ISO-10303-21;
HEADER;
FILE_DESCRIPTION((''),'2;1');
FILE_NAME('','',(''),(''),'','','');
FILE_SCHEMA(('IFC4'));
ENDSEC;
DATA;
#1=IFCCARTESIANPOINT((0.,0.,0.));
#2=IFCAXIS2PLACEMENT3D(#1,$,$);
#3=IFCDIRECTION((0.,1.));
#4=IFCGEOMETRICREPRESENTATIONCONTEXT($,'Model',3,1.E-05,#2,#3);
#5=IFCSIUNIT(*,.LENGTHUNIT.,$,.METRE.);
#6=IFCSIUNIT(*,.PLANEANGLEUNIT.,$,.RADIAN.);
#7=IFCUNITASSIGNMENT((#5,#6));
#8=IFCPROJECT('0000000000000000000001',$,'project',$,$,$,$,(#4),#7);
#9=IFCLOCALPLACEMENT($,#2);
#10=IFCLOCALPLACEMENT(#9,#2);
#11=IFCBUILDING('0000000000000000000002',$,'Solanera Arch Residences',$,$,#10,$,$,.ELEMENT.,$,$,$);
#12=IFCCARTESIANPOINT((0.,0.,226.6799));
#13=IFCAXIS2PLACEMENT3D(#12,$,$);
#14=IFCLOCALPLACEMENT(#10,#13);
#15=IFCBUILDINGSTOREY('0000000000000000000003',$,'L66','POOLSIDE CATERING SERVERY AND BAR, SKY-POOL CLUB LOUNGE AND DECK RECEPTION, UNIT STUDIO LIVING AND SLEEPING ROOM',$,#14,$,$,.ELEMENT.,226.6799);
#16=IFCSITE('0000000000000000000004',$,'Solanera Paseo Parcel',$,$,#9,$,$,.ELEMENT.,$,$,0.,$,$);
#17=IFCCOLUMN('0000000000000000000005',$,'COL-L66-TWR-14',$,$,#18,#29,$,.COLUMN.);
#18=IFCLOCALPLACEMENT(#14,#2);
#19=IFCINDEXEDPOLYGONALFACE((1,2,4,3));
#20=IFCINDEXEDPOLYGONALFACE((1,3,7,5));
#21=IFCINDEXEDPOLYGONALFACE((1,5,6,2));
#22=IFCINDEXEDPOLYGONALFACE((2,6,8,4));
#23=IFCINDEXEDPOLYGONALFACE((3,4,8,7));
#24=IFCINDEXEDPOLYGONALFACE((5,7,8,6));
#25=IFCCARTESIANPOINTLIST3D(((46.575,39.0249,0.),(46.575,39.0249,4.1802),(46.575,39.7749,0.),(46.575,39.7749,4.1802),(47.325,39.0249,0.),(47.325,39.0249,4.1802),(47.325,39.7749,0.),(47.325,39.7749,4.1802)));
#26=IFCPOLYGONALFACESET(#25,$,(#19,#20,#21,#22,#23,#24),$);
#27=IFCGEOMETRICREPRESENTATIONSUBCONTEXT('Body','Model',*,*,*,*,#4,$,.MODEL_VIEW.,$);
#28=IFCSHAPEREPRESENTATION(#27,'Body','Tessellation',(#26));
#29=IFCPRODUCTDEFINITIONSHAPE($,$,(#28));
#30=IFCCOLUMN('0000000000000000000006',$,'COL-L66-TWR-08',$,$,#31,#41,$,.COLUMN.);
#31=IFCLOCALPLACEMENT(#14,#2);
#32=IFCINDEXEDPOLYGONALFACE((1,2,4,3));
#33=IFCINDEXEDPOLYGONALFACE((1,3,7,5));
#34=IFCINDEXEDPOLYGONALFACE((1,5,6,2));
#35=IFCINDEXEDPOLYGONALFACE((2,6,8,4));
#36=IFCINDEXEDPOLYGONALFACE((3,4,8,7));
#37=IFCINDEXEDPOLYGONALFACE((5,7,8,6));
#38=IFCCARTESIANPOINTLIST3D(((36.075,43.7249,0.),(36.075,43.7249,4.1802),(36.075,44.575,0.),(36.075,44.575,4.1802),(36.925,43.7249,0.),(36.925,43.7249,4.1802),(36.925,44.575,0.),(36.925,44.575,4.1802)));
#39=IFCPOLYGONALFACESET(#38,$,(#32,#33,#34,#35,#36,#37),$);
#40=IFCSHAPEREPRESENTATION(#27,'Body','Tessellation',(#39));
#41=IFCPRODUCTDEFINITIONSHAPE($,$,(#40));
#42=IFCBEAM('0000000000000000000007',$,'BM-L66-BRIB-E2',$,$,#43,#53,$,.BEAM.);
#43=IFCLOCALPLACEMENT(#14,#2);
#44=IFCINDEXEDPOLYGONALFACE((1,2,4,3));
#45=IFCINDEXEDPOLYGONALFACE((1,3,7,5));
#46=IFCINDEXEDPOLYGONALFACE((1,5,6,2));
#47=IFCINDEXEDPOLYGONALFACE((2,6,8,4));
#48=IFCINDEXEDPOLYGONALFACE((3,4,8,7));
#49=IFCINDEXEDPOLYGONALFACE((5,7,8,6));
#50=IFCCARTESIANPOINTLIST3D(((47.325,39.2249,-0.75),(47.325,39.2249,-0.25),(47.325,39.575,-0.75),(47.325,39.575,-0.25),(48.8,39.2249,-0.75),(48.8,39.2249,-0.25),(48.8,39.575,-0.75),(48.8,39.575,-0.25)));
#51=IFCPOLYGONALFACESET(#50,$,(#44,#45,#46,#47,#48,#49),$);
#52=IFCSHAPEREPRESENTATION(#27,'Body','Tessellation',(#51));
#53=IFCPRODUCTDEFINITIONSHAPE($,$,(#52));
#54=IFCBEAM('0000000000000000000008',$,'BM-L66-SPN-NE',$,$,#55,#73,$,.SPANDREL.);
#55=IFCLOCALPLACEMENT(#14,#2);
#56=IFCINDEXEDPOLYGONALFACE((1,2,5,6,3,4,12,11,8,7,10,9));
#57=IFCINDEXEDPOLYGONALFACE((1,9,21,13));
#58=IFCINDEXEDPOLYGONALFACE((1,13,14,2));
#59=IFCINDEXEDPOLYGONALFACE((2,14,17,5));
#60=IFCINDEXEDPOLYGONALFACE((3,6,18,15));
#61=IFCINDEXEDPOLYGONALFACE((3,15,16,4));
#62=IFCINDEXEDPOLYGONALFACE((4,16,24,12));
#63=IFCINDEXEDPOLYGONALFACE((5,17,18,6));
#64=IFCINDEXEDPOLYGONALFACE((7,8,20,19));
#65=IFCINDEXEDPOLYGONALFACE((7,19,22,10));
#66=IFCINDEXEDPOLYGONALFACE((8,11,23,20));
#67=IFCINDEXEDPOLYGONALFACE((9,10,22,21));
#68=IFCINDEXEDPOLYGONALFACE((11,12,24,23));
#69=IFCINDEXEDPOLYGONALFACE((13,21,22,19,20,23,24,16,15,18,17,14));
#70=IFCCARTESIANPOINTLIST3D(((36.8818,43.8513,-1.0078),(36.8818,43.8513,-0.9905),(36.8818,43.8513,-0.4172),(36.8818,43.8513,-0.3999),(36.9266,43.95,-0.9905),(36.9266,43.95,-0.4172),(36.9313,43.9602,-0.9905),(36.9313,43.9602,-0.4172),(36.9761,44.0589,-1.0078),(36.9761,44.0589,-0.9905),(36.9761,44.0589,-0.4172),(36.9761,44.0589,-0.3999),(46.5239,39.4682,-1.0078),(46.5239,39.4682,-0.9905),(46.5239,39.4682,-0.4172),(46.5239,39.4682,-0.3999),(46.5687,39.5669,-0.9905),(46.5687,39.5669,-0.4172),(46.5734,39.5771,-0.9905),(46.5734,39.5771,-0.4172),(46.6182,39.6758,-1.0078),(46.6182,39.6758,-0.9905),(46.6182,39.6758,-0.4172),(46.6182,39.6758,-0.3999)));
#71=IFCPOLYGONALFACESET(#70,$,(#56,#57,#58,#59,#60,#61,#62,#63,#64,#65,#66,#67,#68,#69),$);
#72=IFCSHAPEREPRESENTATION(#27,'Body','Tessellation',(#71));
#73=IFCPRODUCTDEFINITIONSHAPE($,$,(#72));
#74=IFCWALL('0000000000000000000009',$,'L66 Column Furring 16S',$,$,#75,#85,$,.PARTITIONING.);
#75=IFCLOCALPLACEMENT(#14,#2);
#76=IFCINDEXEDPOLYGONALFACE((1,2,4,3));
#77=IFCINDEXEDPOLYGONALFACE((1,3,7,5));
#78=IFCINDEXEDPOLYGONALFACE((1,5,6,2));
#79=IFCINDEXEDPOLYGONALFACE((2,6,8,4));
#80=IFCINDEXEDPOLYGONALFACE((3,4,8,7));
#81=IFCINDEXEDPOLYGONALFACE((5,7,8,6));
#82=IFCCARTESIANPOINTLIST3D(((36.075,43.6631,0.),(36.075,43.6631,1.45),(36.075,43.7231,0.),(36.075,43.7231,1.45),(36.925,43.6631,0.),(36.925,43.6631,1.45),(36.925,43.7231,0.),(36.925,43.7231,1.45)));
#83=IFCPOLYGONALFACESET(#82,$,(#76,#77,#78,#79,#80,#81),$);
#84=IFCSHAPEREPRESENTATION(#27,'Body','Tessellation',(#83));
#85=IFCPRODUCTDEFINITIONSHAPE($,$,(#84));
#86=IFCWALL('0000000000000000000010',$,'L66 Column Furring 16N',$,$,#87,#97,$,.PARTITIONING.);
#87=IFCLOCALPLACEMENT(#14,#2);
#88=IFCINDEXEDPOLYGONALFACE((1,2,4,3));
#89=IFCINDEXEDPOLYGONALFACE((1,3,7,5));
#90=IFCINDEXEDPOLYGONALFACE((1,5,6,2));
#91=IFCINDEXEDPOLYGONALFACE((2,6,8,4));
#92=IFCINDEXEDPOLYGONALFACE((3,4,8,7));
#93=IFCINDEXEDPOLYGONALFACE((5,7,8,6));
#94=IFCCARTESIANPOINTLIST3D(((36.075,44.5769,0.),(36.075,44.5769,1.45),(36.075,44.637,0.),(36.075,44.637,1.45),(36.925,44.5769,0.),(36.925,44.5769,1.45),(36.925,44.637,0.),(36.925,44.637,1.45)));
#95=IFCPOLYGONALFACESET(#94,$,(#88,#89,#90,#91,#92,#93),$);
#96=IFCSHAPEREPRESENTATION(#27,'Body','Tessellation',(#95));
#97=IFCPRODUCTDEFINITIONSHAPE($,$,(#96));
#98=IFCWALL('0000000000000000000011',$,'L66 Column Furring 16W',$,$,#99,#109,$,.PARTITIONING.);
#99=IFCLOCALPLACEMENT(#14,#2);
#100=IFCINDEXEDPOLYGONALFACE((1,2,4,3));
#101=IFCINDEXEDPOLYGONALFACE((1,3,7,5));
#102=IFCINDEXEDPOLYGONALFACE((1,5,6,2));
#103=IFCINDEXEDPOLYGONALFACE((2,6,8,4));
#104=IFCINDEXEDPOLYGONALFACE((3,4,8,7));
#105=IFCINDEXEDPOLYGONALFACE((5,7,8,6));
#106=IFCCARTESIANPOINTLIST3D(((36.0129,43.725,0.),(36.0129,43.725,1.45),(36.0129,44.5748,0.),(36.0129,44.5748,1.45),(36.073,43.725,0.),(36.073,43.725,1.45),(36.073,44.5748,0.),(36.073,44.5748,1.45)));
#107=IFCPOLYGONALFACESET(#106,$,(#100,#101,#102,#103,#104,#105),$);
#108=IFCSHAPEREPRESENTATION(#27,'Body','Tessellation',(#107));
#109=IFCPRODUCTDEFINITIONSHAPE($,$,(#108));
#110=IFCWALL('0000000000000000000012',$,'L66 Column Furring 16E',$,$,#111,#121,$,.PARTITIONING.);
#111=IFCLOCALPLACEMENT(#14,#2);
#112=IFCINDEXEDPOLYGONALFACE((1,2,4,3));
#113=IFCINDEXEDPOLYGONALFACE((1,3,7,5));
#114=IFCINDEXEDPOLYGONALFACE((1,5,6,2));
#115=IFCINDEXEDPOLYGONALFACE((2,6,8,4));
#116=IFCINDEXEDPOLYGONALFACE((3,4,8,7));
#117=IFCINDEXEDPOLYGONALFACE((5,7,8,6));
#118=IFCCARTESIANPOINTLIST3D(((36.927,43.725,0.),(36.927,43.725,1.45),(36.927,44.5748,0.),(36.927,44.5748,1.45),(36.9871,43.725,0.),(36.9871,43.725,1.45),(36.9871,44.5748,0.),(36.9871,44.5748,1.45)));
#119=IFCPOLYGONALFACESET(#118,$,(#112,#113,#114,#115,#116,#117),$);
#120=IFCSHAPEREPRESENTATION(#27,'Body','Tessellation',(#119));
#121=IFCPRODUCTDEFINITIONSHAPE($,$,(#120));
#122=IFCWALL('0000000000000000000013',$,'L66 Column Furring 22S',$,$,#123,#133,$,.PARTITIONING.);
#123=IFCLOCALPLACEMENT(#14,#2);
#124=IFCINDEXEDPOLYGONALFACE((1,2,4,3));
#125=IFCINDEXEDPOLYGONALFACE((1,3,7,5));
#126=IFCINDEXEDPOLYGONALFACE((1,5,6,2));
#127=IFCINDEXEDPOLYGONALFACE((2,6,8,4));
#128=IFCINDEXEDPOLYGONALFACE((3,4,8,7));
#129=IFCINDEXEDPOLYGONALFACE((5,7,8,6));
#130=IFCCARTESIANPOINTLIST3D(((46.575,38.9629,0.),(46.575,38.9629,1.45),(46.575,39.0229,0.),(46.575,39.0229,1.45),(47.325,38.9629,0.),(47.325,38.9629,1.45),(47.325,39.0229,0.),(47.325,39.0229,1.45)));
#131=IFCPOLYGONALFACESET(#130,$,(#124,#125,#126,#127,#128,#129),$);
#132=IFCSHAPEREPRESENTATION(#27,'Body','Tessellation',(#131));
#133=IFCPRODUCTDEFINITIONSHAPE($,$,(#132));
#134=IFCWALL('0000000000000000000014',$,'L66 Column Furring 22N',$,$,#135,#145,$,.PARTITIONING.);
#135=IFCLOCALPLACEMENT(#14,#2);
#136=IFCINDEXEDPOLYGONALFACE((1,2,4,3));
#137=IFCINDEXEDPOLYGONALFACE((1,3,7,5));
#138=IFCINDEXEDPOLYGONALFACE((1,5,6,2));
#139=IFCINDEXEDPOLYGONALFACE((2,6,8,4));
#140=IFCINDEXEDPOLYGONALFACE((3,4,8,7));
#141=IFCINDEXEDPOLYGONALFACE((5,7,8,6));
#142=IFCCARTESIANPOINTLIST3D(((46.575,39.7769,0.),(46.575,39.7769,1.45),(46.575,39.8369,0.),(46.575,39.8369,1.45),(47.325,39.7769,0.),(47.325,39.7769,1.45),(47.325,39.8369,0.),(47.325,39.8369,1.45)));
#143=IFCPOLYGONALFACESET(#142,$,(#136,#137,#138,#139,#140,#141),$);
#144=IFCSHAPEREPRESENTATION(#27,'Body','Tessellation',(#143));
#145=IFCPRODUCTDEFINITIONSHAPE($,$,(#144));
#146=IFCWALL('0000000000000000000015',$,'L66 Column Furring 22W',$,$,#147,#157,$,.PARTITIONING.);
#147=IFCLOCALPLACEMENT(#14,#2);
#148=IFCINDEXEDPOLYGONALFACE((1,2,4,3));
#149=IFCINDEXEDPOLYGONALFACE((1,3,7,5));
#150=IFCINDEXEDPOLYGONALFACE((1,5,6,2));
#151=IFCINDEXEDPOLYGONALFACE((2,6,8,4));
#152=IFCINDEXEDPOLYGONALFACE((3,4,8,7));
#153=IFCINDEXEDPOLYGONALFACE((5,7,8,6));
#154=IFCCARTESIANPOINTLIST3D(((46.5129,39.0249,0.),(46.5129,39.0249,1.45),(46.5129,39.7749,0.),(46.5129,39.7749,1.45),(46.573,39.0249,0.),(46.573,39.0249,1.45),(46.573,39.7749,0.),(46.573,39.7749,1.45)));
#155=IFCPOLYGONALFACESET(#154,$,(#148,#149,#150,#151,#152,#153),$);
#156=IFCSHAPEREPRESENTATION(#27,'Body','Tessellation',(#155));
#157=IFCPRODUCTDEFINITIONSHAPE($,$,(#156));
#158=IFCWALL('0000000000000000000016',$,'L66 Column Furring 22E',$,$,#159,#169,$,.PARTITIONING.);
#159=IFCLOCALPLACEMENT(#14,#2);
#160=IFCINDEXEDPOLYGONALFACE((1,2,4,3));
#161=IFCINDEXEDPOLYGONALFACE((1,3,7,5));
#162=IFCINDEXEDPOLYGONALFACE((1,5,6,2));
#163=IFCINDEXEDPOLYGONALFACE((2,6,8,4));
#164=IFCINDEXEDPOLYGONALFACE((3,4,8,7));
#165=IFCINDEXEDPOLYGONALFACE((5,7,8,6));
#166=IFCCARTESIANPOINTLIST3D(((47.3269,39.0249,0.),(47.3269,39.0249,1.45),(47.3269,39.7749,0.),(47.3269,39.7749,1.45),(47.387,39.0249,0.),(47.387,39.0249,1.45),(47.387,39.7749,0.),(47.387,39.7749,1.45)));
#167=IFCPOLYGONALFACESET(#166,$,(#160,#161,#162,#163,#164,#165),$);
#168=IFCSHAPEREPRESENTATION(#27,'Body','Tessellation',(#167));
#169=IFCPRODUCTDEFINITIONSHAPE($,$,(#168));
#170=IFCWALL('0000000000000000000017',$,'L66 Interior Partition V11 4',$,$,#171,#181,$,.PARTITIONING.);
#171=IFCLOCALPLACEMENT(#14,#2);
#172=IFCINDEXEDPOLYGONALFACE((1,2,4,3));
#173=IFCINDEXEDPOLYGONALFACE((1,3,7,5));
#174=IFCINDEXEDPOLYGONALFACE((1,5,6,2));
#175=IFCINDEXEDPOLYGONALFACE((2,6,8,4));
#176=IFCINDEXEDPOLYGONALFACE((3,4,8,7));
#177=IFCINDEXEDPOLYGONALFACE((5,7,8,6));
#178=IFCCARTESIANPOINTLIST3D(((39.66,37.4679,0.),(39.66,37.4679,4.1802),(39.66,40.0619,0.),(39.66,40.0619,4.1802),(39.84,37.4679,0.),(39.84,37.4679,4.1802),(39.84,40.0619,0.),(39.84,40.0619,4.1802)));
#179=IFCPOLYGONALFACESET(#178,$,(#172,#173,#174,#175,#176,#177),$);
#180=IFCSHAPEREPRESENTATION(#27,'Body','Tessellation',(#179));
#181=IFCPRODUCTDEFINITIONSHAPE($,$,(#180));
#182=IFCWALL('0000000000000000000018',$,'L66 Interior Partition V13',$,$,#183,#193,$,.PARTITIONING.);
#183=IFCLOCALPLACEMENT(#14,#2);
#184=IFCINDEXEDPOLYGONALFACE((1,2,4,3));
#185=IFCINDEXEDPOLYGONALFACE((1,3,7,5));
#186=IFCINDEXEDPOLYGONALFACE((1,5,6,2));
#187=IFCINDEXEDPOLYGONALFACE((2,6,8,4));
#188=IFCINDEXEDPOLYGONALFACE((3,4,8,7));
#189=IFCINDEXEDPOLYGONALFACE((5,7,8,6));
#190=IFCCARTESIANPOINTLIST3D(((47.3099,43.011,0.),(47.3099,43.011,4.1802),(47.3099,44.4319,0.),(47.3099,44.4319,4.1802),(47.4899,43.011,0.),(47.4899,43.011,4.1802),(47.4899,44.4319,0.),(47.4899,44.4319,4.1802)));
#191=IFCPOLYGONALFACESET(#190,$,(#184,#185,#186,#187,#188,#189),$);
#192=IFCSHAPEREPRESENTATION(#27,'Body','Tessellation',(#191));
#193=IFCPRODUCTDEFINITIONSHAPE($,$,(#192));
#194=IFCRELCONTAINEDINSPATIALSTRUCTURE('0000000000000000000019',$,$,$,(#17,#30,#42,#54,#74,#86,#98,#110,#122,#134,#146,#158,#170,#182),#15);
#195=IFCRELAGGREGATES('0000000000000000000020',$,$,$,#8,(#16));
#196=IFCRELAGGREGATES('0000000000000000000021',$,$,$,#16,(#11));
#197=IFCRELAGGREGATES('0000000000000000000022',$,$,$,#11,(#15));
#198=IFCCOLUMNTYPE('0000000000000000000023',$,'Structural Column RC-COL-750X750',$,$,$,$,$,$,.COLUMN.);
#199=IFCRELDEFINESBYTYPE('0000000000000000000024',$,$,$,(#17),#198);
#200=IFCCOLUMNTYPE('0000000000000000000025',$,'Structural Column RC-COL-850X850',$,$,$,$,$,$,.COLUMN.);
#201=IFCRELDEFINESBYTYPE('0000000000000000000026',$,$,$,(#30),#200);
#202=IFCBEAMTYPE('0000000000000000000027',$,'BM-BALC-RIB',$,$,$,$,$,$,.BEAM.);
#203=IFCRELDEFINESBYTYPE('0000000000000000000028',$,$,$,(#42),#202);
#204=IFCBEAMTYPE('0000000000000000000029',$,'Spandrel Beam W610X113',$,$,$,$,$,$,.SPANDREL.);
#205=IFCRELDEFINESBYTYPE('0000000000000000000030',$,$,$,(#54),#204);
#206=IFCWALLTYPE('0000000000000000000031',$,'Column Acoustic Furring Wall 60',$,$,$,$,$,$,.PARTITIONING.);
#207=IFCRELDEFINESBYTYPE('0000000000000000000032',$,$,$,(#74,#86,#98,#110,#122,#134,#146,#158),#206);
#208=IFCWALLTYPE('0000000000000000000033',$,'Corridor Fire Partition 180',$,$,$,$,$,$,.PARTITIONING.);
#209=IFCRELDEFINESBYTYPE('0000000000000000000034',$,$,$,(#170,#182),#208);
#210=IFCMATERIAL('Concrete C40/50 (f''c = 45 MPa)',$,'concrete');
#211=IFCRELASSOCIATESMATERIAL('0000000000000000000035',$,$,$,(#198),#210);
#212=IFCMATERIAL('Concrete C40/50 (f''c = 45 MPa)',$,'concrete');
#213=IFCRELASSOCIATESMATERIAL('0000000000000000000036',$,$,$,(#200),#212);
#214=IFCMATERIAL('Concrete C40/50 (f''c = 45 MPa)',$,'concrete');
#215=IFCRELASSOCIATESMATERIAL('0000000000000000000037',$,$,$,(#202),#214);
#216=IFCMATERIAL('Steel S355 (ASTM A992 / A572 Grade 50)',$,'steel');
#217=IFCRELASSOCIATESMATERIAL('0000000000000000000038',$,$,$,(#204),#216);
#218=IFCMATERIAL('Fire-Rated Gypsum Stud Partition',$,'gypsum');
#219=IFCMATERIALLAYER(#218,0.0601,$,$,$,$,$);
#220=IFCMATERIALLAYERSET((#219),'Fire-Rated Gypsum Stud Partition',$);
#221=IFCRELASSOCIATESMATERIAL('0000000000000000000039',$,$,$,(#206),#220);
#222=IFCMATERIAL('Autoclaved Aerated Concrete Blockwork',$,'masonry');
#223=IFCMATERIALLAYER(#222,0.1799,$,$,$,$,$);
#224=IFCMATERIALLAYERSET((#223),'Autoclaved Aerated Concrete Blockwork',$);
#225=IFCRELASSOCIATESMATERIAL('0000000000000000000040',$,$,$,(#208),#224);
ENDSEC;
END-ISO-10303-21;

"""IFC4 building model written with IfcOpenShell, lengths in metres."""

from ifc_helpers import new_model, si_unit, direction, frame, frame_2d, origin, origin_2d, place, context, subcontext, project, spatial, rectangle, i_section, extrude, material, layer, layer_set, material_profile, profile_set, type_object, element, save


model = new_model("IFC4")

# Units and contexts
model_context = context("Model", 3, precision=1e-05, world=origin(), true_north=direction((0.0, 1.0)))
body_context = subcontext(model_context, "Body", "Model", "MODEL_VIEW")
ifc_project = project(units=[si_unit("LENGTHUNIT", "METRE"), si_unit("PLANEANGLEUNIT", "RADIAN")], contexts=[model_context])

# Site, building, storey
site_placement = place(None, origin())
site = spatial("IfcSite", under=ifc_project, at=site_placement, Name="Solanera Paseo Parcel", CompositionType="ELEMENT", RefElevation=0.0)
building_placement = place(site_placement, origin())
building = spatial("IfcBuilding", under=site, at=building_placement, Name="Solanera Arch Residences", CompositionType="ELEMENT")
storey_placement = place(building_placement, frame((0.0, 0.0, 226.6799)))
storey = spatial("IfcBuildingStorey", under=building, at=storey_placement, Name="L66", Description="POOLSIDE CATERING SERVERY AND BAR, SKY-POOL CLUB LOUNGE AND DECK RECEPTION, UNIT STUDIO LIVING AND SLEEPING ROOM", CompositionType="ELEMENT", Elevation=226.6799)

# Columns
ifc_material_1 = material(Name="Concrete C40/50 (f'c = 45 MPa)", Category="concrete")
ifc_material_profile_1 = material_profile(ifc_material_1, rectangle(XDim=0.75, YDim=0.75, at=origin_2d()))
ifc_profile_set_1 = profile_set([ifc_material_profile_1], Name="Concrete C40/50 (f'c = 45 MPa)")
column_type_1 = type_object("IfcColumnType", Name="Structural Column RC-COL-750X750", PredefinedType="COLUMN", material=ifc_profile_set_1)
column_1_placement = place(storey_placement, frame((46.95, 39.3999, 0.0), z_axis=(0.0, 0.0, 1.0), x_axis=(1.0, 0.0, 0.0)))
element("IfcColumn", 1, at=column_1_placement, inside=storey, type_object=column_type_1, Name="COL-L66-TWR-14", PredefinedType="COLUMN", context=body_context, shape_type="SweptSolid", body=[
    extrude(rectangle(XDim=0.75, YDim=0.75, at=origin_2d()), origin(), (0.0, 0.0, 1.0), 4.1802),
])
ifc_material_2 = material(Name="Concrete C40/50 (f'c = 45 MPa)", Category="concrete")
ifc_material_profile_2 = material_profile(ifc_material_2, rectangle(XDim=0.8501, YDim=0.8501, at=origin_2d()))
ifc_profile_set_2 = profile_set([ifc_material_profile_2], Name="Concrete C40/50 (f'c = 45 MPa)")
column_type_2 = type_object("IfcColumnType", Name="Structural Column RC-COL-850X850", PredefinedType="COLUMN", material=ifc_profile_set_2)
column_2_placement = place(storey_placement, frame((36.5, 44.1499, 0.0), z_axis=(0.0, 0.0, 1.0), x_axis=(1.0, 0.0, 0.0)))
element("IfcColumn", 2, at=column_2_placement, inside=storey, type_object=column_type_2, Name="COL-L66-TWR-08", PredefinedType="COLUMN", context=body_context, shape_type="SweptSolid", body=[
    extrude(rectangle(XDim=0.8501, YDim=0.8501, at=origin_2d()), origin(), (0.0, 0.0, 1.0), 4.1802),
])

# Beams
ifc_material_3 = material(Name="Concrete C40/50 (f'c = 45 MPa)", Category="concrete")
ifc_material_profile_3 = material_profile(ifc_material_3, rectangle(XDim=0.3501, YDim=0.5, at=origin_2d()))
ifc_profile_set_3 = profile_set([ifc_material_profile_3], Name="Concrete C40/50 (f'c = 45 MPa)")
beam_type_1 = type_object("IfcBeamType", Name="BM-BALC-RIB", PredefinedType="BEAM", material=ifc_profile_set_3)
beam_1_placement = place(storey_placement, frame((47.325, 39.3999, -0.5), z_axis=(1.0, 0.0, 0.0), x_axis=(0.0, 1.0, 0.0)))
element("IfcBeam", 3, at=beam_1_placement, inside=storey, type_object=beam_type_1, Name="BM-L66-BRIB-E2", PredefinedType="BEAM", context=body_context, shape_type="SweptSolid", body=[
    extrude(rectangle(XDim=0.3501, YDim=0.5, at=origin_2d()), origin(), (0.0, 0.0, 1.0), 1.4751),
])
ifc_material_4 = material(Name="Steel S355 (ASTM A992 / A572 Grade 50)", Category="steel")
ifc_material_profile_4 = material_profile(ifc_material_4, i_section(OverallWidth=0.228, OverallDepth=0.6079, WebThickness=0.0112, FlangeThickness=0.0173, at=origin_2d()))
ifc_profile_set_4 = profile_set([ifc_material_profile_4], Name="Steel S355 (ASTM A992 / A572 Grade 50)")
beam_type_2 = type_object("IfcBeamType", Name="Spandrel Beam W610X113", PredefinedType="SPANDREL", material=ifc_profile_set_4)
beam_2_placement = place(storey_placement, frame((36.929, 43.9551, -0.7039), z_axis=(0.910356, -0.413826, 0.0), x_axis=(0.413826, 0.910356, 0.0)))
element("IfcBeam", 4, at=beam_2_placement, inside=storey, type_object=beam_type_2, Name="BM-L66-SPN-NE", PredefinedType="SPANDREL", context=body_context, shape_type="SweptSolid", body=[
    extrude(i_section(OverallWidth=0.228, OverallDepth=0.6079, WebThickness=0.0112, FlangeThickness=0.0173, at=origin_2d()), origin(), (0.0, 0.0, 1.0), 10.5916),
])

# Walls
ifc_material_5 = material(Name="Fire-Rated Gypsum Stud Partition", Category="gypsum")
ifc_layer_1 = layer(ifc_material_5, 0.0601)
ifc_layer_set_1 = layer_set([ifc_layer_1], Name="Fire-Rated Gypsum Stud Partition")
wall_type_1 = type_object("IfcWallType", Name="Column Acoustic Furring Wall 60", PredefinedType="PARTITIONING", material=ifc_layer_set_1)
for number, where, z_axis, x_axis, name in (
    (5, (36.075, 43.6931, 0.0), (0.0, 0.0, 1.0), (1.0, 0.0, 0.0), "L66 Column Furring 16S"),
    (6, (36.075, 44.6069, 0.0), (0.0, 0.0, 1.0), (1.0, 0.0, 0.0), "L66 Column Furring 16N"),
):
    element("IfcWall", number, at=place(storey_placement, frame(where, z_axis=z_axis, x_axis=x_axis)), inside=storey, type_object=wall_type_1, Name=name, PredefinedType="PARTITIONING", context=body_context, shape_type="SweptSolid", body=[
        extrude(rectangle(XDim=0.8501, YDim=0.0601, at=frame_2d((0.425, 0.0))), origin(), (0.0, 0.0, 1.0), 1.45),
    ])
for number, where, z_axis, x_axis, name in (
    (7, (36.043, 43.7251, 0.0), (0.0, 0.0, 1.0), (0.0, 1.0, 0.0), "L66 Column Furring 16W"),
    (8, (36.957, 43.7251, 0.0), (0.0, 0.0, 1.0), (0.0, 1.0, 0.0), "L66 Column Furring 16E"),
):
    element("IfcWall", number, at=place(storey_placement, frame(where, z_axis=z_axis, x_axis=x_axis)), inside=storey, type_object=wall_type_1, Name=name, PredefinedType="PARTITIONING", context=body_context, shape_type="SweptSolid", body=[
        extrude(rectangle(XDim=0.8499, YDim=0.0601, at=frame_2d((0.4248, 0.0))), origin(), (0.0, 0.0, 1.0), 1.45),
    ])
for number, where, z_axis, x_axis, name in (
    (9, (46.575, 38.9929, 0.0), (0.0, 0.0, 1.0), (1.0, 0.0, 0.0), "L66 Column Furring 22S"),
    (10, (46.575, 39.8069, 0.0), (0.0, 0.0, 1.0), (1.0, 0.0, 0.0), "L66 Column Furring 22N"),
    (11, (46.543, 39.0249, 0.0), (0.0, 0.0, 1.0), (0.0, 1.0, 0.0), "L66 Column Furring 22W"),
    (12, (47.3569, 39.0249, 0.0), (0.0, 0.0, 1.0), (0.0, 1.0, 0.0), "L66 Column Furring 22E"),
):
    element("IfcWall", number, at=place(storey_placement, frame(where, z_axis=z_axis, x_axis=x_axis)), inside=storey, type_object=wall_type_1, Name=name, PredefinedType="PARTITIONING", context=body_context, shape_type="SweptSolid", body=[
        extrude(rectangle(XDim=0.75, YDim=0.0601, at=frame_2d((0.375, 0.0))), origin(), (0.0, 0.0, 1.0), 1.45),
    ])
ifc_material_6 = material(Name="Autoclaved Aerated Concrete Blockwork", Category="masonry")
ifc_layer_2 = layer(ifc_material_6, 0.1799)
ifc_layer_set_2 = layer_set([ifc_layer_2], Name="Autoclaved Aerated Concrete Blockwork")
wall_type_2 = type_object("IfcWallType", Name="Corridor Fire Partition 180", PredefinedType="PARTITIONING", material=ifc_layer_set_2)
wall_1_placement = place(storey_placement, frame((39.75, 37.468, 0.0), z_axis=(0.0, 0.0, 1.0), x_axis=(0.0, 1.0, 0.0)))
element("IfcWall", 13, at=wall_1_placement, inside=storey, type_object=wall_type_2, Name="L66 Interior Partition V11 4", PredefinedType="PARTITIONING", context=body_context, shape_type="SweptSolid", body=[
    extrude(rectangle(XDim=2.594, YDim=0.1799, at=frame_2d((1.2969, 0.0))), origin(), (0.0, 0.0, 1.0), 4.1802),
])
wall_2_placement = place(storey_placement, frame((47.3999, 43.011, 0.0), z_axis=(0.0, 0.0, 1.0), x_axis=(0.0, 1.0, 0.0)))
element("IfcWall", 14, at=wall_2_placement, inside=storey, type_object=wall_type_2, Name="L66 Interior Partition V13", PredefinedType="PARTITIONING", context=body_context, shape_type="SweptSolid", body=[
    extrude(rectangle(XDim=1.4209, YDim=0.1799, at=frame_2d((0.7104, 0.0))), origin(), (0.0, 0.0, 1.0), 4.1802),
])

save(model, "model.ifc")
